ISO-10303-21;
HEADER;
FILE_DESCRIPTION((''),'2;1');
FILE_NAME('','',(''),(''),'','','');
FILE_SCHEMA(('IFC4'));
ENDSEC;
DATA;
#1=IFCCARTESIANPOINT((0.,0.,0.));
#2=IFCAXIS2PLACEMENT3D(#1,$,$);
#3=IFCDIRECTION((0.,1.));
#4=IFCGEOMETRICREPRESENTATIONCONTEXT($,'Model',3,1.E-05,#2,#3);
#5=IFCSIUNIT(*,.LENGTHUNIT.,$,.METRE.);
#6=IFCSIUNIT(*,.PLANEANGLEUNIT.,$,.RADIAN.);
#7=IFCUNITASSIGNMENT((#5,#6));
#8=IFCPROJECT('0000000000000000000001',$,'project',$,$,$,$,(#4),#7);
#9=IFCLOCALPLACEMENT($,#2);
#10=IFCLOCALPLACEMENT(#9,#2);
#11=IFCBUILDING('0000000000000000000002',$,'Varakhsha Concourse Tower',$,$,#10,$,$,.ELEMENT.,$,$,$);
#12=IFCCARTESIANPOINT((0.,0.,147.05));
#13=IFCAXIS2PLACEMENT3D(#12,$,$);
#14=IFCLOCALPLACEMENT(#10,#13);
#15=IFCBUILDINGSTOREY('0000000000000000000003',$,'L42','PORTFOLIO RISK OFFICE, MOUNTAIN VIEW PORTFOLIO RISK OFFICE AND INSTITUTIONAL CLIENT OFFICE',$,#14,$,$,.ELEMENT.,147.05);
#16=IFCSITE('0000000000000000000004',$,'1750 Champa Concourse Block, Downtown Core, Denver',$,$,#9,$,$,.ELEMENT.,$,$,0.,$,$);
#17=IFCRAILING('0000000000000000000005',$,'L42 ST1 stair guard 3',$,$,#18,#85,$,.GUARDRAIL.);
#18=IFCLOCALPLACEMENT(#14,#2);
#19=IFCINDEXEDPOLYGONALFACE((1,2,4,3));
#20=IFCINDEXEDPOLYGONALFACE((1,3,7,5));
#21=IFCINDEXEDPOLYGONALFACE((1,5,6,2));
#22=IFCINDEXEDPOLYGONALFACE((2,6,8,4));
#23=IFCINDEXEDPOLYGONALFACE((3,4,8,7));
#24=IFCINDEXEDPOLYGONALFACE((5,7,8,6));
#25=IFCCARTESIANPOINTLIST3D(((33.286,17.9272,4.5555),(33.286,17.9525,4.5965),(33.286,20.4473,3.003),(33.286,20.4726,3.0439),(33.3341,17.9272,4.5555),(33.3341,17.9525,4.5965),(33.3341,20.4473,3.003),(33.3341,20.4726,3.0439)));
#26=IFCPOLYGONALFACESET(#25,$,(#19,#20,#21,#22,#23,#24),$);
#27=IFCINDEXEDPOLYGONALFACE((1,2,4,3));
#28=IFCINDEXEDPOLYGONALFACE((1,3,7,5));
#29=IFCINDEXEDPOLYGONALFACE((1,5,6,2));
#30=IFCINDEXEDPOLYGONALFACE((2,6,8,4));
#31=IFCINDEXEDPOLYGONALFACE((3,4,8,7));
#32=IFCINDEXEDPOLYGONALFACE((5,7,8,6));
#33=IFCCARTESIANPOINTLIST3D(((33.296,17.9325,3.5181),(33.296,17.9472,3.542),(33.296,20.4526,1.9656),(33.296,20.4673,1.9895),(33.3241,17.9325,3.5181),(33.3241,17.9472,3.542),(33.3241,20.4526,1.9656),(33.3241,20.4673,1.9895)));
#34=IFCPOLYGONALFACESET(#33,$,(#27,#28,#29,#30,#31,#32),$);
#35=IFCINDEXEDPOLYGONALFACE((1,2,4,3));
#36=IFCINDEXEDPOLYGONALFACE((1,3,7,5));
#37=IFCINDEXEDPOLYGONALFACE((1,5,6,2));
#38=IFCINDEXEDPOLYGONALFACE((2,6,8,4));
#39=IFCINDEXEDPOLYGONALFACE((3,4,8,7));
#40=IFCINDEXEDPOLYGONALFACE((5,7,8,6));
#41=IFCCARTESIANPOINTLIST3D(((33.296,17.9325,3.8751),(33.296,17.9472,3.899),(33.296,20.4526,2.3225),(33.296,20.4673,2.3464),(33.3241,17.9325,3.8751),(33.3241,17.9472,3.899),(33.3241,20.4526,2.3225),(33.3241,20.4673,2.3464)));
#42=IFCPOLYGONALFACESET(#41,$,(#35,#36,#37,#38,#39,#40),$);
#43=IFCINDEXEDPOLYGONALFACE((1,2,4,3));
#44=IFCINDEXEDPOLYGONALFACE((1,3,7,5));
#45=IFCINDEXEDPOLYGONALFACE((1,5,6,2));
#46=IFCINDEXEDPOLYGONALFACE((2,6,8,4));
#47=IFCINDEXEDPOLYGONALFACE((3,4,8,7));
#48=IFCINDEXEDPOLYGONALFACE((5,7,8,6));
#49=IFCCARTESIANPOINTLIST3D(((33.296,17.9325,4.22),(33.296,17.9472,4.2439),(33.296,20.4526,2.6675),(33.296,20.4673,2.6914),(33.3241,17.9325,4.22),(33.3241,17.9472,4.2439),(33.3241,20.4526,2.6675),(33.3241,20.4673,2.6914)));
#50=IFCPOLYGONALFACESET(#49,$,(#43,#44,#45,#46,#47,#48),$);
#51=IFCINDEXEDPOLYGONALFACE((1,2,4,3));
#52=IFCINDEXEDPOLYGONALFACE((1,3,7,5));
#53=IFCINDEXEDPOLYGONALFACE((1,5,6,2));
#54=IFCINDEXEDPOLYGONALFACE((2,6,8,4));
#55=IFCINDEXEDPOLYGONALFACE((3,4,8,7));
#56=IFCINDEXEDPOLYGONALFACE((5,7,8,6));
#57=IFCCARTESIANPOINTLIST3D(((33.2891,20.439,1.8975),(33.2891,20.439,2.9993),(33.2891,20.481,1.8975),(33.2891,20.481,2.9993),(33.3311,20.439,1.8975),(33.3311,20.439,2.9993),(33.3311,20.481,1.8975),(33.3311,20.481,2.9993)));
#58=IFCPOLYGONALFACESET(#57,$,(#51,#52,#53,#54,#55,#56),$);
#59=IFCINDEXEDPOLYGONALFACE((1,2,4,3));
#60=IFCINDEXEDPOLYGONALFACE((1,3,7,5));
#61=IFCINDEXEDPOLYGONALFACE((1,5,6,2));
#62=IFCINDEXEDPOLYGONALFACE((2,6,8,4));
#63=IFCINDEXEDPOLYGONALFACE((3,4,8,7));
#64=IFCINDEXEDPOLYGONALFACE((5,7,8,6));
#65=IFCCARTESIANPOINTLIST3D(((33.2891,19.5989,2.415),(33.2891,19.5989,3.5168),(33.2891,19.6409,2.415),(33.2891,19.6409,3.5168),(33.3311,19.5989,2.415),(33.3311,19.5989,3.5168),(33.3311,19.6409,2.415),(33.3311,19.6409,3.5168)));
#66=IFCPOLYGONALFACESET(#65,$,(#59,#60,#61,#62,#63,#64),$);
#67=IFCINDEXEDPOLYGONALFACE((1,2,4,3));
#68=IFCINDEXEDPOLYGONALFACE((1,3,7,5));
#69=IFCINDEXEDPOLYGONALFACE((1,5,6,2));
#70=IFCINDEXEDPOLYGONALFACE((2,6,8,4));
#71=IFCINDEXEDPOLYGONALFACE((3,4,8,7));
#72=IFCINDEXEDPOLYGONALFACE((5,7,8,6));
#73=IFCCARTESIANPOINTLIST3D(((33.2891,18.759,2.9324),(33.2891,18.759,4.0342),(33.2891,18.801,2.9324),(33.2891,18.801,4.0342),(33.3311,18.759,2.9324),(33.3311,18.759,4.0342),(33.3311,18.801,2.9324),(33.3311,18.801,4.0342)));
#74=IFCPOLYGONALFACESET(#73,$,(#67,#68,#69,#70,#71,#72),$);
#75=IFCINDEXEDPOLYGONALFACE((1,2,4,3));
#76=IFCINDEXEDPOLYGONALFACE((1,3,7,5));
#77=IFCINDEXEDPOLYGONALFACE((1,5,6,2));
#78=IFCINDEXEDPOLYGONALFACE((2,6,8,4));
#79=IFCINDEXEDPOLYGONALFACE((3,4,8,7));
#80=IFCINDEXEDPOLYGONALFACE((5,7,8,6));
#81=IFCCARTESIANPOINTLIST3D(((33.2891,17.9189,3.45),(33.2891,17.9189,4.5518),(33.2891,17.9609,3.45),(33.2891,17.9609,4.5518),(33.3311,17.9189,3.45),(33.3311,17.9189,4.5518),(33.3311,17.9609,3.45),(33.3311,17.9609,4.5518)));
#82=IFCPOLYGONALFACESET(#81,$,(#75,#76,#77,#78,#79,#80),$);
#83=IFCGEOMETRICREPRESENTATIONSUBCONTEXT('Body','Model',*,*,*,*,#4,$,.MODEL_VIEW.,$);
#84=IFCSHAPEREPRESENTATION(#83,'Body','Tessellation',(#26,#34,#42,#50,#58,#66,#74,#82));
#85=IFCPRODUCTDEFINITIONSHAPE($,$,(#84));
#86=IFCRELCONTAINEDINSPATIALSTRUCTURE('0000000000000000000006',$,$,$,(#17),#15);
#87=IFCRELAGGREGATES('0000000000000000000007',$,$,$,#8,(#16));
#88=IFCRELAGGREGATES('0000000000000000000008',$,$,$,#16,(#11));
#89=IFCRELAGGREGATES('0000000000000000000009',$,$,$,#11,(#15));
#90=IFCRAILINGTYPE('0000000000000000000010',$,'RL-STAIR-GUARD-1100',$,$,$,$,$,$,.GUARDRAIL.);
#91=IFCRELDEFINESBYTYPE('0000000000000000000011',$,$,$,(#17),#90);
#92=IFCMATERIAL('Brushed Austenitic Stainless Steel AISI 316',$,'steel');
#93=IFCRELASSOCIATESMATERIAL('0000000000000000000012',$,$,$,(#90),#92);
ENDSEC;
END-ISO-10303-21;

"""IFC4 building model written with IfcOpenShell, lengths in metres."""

from ifc_helpers import new_model, si_unit, direction, frame, origin, origin_2d, place, context, subcontext, project, spatial, rectangle, extrude, material, type_object, element, save


model = new_model("IFC4")

# Units and contexts
model_context = context("Model", 3, precision=1e-05, world=origin(), true_north=direction((0.0, 1.0)))
body_context = subcontext(model_context, "Body", "Model", "MODEL_VIEW")
ifc_project = project(units=[si_unit("LENGTHUNIT", "METRE"), si_unit("PLANEANGLEUNIT", "RADIAN")], contexts=[model_context])

# Site, building, storey
site_placement = place(None, origin())
site = spatial("IfcSite", under=ifc_project, at=site_placement, Name="1750 Champa Concourse Block, Downtown Core, Denver", CompositionType="ELEMENT", RefElevation=0.0)
building_placement = place(site_placement, origin())
building = spatial("IfcBuilding", under=site, at=building_placement, Name="Varakhsha Concourse Tower", CompositionType="ELEMENT")
storey_placement = place(building_placement, frame((0.0, 0.0, 147.05)))
storey = spatial("IfcBuildingStorey", under=building, at=storey_placement, Name="L42", Description="PORTFOLIO RISK OFFICE, MOUNTAIN VIEW PORTFOLIO RISK OFFICE AND INSTITUTIONAL CLIENT OFFICE", CompositionType="ELEMENT", Elevation=147.05)

# Shared definitions
ifc_material_1 = material(Name="Brushed Austenitic Stainless Steel AISI 316", Category="steel")

# Railing
railing_type = type_object("IfcRailingType", Name="RL-STAIR-GUARD-1100", PredefinedType="GUARDRAIL", material=ifc_material_1)
railing_1_placement = place(storey_placement, frame((33.3101, 20.46, 1.8975)))
element("IfcRailing", 1, at=railing_1_placement, inside=storey, type_object=railing_type, Name="L42 ST1 stair guard 3", PredefinedType="GUARDRAIL", context=body_context, shape_type="SweptSolid", body=[
    extrude(rectangle(XDim=0.0481, YDim=0.0481, at=origin_2d()), frame((0.0, 0.0, 1.126), z_axis=(0.0, -0.8514, 0.524516), x_axis=(1.0, 0.0, 0.0)), (0.0, 0.0, 1.0), 2.96),
    extrude(rectangle(XDim=0.0281, YDim=0.0281, at=origin_2d()), frame((0.0, 0.0, 0.0801), z_axis=(0.0, -0.8514, 0.524516), x_axis=(1.0, 0.0, 0.0)), (0.0, 0.0, 1.0), 2.96),
    extrude(rectangle(XDim=0.0281, YDim=0.0281, at=origin_2d()), frame((0.0, 0.0, 0.437), z_axis=(0.0, -0.8514, 0.524516), x_axis=(1.0, 0.0, 0.0)), (0.0, 0.0, 1.0), 2.96),
    extrude(rectangle(XDim=0.0281, YDim=0.0281, at=origin_2d()), frame((0.0, 0.0, 0.782), z_axis=(0.0, -0.8514, 0.524516), x_axis=(1.0, 0.0, 0.0)), (0.0, 0.0, 1.0), 2.96),
    extrude(rectangle(XDim=0.042, YDim=0.042, at=origin_2d()), origin(), (0.0, 0.0, 1.0), 1.1018),
    extrude(rectangle(XDim=0.042, YDim=0.042, at=origin_2d()), frame((0.0, -0.8401, 0.5176)), (0.0, 0.0, 1.0), 1.1018),
    extrude(rectangle(XDim=0.042, YDim=0.042, at=origin_2d()), frame((0.0, -1.6799, 1.0349)), (0.0, 0.0, 1.0), 1.1018),
    extrude(rectangle(XDim=0.042, YDim=0.042, at=origin_2d()), frame((0.0, -2.52, 1.5525)), (0.0, 0.0, 1.0), 1.1018),
])

save(model, "model.ifc")
